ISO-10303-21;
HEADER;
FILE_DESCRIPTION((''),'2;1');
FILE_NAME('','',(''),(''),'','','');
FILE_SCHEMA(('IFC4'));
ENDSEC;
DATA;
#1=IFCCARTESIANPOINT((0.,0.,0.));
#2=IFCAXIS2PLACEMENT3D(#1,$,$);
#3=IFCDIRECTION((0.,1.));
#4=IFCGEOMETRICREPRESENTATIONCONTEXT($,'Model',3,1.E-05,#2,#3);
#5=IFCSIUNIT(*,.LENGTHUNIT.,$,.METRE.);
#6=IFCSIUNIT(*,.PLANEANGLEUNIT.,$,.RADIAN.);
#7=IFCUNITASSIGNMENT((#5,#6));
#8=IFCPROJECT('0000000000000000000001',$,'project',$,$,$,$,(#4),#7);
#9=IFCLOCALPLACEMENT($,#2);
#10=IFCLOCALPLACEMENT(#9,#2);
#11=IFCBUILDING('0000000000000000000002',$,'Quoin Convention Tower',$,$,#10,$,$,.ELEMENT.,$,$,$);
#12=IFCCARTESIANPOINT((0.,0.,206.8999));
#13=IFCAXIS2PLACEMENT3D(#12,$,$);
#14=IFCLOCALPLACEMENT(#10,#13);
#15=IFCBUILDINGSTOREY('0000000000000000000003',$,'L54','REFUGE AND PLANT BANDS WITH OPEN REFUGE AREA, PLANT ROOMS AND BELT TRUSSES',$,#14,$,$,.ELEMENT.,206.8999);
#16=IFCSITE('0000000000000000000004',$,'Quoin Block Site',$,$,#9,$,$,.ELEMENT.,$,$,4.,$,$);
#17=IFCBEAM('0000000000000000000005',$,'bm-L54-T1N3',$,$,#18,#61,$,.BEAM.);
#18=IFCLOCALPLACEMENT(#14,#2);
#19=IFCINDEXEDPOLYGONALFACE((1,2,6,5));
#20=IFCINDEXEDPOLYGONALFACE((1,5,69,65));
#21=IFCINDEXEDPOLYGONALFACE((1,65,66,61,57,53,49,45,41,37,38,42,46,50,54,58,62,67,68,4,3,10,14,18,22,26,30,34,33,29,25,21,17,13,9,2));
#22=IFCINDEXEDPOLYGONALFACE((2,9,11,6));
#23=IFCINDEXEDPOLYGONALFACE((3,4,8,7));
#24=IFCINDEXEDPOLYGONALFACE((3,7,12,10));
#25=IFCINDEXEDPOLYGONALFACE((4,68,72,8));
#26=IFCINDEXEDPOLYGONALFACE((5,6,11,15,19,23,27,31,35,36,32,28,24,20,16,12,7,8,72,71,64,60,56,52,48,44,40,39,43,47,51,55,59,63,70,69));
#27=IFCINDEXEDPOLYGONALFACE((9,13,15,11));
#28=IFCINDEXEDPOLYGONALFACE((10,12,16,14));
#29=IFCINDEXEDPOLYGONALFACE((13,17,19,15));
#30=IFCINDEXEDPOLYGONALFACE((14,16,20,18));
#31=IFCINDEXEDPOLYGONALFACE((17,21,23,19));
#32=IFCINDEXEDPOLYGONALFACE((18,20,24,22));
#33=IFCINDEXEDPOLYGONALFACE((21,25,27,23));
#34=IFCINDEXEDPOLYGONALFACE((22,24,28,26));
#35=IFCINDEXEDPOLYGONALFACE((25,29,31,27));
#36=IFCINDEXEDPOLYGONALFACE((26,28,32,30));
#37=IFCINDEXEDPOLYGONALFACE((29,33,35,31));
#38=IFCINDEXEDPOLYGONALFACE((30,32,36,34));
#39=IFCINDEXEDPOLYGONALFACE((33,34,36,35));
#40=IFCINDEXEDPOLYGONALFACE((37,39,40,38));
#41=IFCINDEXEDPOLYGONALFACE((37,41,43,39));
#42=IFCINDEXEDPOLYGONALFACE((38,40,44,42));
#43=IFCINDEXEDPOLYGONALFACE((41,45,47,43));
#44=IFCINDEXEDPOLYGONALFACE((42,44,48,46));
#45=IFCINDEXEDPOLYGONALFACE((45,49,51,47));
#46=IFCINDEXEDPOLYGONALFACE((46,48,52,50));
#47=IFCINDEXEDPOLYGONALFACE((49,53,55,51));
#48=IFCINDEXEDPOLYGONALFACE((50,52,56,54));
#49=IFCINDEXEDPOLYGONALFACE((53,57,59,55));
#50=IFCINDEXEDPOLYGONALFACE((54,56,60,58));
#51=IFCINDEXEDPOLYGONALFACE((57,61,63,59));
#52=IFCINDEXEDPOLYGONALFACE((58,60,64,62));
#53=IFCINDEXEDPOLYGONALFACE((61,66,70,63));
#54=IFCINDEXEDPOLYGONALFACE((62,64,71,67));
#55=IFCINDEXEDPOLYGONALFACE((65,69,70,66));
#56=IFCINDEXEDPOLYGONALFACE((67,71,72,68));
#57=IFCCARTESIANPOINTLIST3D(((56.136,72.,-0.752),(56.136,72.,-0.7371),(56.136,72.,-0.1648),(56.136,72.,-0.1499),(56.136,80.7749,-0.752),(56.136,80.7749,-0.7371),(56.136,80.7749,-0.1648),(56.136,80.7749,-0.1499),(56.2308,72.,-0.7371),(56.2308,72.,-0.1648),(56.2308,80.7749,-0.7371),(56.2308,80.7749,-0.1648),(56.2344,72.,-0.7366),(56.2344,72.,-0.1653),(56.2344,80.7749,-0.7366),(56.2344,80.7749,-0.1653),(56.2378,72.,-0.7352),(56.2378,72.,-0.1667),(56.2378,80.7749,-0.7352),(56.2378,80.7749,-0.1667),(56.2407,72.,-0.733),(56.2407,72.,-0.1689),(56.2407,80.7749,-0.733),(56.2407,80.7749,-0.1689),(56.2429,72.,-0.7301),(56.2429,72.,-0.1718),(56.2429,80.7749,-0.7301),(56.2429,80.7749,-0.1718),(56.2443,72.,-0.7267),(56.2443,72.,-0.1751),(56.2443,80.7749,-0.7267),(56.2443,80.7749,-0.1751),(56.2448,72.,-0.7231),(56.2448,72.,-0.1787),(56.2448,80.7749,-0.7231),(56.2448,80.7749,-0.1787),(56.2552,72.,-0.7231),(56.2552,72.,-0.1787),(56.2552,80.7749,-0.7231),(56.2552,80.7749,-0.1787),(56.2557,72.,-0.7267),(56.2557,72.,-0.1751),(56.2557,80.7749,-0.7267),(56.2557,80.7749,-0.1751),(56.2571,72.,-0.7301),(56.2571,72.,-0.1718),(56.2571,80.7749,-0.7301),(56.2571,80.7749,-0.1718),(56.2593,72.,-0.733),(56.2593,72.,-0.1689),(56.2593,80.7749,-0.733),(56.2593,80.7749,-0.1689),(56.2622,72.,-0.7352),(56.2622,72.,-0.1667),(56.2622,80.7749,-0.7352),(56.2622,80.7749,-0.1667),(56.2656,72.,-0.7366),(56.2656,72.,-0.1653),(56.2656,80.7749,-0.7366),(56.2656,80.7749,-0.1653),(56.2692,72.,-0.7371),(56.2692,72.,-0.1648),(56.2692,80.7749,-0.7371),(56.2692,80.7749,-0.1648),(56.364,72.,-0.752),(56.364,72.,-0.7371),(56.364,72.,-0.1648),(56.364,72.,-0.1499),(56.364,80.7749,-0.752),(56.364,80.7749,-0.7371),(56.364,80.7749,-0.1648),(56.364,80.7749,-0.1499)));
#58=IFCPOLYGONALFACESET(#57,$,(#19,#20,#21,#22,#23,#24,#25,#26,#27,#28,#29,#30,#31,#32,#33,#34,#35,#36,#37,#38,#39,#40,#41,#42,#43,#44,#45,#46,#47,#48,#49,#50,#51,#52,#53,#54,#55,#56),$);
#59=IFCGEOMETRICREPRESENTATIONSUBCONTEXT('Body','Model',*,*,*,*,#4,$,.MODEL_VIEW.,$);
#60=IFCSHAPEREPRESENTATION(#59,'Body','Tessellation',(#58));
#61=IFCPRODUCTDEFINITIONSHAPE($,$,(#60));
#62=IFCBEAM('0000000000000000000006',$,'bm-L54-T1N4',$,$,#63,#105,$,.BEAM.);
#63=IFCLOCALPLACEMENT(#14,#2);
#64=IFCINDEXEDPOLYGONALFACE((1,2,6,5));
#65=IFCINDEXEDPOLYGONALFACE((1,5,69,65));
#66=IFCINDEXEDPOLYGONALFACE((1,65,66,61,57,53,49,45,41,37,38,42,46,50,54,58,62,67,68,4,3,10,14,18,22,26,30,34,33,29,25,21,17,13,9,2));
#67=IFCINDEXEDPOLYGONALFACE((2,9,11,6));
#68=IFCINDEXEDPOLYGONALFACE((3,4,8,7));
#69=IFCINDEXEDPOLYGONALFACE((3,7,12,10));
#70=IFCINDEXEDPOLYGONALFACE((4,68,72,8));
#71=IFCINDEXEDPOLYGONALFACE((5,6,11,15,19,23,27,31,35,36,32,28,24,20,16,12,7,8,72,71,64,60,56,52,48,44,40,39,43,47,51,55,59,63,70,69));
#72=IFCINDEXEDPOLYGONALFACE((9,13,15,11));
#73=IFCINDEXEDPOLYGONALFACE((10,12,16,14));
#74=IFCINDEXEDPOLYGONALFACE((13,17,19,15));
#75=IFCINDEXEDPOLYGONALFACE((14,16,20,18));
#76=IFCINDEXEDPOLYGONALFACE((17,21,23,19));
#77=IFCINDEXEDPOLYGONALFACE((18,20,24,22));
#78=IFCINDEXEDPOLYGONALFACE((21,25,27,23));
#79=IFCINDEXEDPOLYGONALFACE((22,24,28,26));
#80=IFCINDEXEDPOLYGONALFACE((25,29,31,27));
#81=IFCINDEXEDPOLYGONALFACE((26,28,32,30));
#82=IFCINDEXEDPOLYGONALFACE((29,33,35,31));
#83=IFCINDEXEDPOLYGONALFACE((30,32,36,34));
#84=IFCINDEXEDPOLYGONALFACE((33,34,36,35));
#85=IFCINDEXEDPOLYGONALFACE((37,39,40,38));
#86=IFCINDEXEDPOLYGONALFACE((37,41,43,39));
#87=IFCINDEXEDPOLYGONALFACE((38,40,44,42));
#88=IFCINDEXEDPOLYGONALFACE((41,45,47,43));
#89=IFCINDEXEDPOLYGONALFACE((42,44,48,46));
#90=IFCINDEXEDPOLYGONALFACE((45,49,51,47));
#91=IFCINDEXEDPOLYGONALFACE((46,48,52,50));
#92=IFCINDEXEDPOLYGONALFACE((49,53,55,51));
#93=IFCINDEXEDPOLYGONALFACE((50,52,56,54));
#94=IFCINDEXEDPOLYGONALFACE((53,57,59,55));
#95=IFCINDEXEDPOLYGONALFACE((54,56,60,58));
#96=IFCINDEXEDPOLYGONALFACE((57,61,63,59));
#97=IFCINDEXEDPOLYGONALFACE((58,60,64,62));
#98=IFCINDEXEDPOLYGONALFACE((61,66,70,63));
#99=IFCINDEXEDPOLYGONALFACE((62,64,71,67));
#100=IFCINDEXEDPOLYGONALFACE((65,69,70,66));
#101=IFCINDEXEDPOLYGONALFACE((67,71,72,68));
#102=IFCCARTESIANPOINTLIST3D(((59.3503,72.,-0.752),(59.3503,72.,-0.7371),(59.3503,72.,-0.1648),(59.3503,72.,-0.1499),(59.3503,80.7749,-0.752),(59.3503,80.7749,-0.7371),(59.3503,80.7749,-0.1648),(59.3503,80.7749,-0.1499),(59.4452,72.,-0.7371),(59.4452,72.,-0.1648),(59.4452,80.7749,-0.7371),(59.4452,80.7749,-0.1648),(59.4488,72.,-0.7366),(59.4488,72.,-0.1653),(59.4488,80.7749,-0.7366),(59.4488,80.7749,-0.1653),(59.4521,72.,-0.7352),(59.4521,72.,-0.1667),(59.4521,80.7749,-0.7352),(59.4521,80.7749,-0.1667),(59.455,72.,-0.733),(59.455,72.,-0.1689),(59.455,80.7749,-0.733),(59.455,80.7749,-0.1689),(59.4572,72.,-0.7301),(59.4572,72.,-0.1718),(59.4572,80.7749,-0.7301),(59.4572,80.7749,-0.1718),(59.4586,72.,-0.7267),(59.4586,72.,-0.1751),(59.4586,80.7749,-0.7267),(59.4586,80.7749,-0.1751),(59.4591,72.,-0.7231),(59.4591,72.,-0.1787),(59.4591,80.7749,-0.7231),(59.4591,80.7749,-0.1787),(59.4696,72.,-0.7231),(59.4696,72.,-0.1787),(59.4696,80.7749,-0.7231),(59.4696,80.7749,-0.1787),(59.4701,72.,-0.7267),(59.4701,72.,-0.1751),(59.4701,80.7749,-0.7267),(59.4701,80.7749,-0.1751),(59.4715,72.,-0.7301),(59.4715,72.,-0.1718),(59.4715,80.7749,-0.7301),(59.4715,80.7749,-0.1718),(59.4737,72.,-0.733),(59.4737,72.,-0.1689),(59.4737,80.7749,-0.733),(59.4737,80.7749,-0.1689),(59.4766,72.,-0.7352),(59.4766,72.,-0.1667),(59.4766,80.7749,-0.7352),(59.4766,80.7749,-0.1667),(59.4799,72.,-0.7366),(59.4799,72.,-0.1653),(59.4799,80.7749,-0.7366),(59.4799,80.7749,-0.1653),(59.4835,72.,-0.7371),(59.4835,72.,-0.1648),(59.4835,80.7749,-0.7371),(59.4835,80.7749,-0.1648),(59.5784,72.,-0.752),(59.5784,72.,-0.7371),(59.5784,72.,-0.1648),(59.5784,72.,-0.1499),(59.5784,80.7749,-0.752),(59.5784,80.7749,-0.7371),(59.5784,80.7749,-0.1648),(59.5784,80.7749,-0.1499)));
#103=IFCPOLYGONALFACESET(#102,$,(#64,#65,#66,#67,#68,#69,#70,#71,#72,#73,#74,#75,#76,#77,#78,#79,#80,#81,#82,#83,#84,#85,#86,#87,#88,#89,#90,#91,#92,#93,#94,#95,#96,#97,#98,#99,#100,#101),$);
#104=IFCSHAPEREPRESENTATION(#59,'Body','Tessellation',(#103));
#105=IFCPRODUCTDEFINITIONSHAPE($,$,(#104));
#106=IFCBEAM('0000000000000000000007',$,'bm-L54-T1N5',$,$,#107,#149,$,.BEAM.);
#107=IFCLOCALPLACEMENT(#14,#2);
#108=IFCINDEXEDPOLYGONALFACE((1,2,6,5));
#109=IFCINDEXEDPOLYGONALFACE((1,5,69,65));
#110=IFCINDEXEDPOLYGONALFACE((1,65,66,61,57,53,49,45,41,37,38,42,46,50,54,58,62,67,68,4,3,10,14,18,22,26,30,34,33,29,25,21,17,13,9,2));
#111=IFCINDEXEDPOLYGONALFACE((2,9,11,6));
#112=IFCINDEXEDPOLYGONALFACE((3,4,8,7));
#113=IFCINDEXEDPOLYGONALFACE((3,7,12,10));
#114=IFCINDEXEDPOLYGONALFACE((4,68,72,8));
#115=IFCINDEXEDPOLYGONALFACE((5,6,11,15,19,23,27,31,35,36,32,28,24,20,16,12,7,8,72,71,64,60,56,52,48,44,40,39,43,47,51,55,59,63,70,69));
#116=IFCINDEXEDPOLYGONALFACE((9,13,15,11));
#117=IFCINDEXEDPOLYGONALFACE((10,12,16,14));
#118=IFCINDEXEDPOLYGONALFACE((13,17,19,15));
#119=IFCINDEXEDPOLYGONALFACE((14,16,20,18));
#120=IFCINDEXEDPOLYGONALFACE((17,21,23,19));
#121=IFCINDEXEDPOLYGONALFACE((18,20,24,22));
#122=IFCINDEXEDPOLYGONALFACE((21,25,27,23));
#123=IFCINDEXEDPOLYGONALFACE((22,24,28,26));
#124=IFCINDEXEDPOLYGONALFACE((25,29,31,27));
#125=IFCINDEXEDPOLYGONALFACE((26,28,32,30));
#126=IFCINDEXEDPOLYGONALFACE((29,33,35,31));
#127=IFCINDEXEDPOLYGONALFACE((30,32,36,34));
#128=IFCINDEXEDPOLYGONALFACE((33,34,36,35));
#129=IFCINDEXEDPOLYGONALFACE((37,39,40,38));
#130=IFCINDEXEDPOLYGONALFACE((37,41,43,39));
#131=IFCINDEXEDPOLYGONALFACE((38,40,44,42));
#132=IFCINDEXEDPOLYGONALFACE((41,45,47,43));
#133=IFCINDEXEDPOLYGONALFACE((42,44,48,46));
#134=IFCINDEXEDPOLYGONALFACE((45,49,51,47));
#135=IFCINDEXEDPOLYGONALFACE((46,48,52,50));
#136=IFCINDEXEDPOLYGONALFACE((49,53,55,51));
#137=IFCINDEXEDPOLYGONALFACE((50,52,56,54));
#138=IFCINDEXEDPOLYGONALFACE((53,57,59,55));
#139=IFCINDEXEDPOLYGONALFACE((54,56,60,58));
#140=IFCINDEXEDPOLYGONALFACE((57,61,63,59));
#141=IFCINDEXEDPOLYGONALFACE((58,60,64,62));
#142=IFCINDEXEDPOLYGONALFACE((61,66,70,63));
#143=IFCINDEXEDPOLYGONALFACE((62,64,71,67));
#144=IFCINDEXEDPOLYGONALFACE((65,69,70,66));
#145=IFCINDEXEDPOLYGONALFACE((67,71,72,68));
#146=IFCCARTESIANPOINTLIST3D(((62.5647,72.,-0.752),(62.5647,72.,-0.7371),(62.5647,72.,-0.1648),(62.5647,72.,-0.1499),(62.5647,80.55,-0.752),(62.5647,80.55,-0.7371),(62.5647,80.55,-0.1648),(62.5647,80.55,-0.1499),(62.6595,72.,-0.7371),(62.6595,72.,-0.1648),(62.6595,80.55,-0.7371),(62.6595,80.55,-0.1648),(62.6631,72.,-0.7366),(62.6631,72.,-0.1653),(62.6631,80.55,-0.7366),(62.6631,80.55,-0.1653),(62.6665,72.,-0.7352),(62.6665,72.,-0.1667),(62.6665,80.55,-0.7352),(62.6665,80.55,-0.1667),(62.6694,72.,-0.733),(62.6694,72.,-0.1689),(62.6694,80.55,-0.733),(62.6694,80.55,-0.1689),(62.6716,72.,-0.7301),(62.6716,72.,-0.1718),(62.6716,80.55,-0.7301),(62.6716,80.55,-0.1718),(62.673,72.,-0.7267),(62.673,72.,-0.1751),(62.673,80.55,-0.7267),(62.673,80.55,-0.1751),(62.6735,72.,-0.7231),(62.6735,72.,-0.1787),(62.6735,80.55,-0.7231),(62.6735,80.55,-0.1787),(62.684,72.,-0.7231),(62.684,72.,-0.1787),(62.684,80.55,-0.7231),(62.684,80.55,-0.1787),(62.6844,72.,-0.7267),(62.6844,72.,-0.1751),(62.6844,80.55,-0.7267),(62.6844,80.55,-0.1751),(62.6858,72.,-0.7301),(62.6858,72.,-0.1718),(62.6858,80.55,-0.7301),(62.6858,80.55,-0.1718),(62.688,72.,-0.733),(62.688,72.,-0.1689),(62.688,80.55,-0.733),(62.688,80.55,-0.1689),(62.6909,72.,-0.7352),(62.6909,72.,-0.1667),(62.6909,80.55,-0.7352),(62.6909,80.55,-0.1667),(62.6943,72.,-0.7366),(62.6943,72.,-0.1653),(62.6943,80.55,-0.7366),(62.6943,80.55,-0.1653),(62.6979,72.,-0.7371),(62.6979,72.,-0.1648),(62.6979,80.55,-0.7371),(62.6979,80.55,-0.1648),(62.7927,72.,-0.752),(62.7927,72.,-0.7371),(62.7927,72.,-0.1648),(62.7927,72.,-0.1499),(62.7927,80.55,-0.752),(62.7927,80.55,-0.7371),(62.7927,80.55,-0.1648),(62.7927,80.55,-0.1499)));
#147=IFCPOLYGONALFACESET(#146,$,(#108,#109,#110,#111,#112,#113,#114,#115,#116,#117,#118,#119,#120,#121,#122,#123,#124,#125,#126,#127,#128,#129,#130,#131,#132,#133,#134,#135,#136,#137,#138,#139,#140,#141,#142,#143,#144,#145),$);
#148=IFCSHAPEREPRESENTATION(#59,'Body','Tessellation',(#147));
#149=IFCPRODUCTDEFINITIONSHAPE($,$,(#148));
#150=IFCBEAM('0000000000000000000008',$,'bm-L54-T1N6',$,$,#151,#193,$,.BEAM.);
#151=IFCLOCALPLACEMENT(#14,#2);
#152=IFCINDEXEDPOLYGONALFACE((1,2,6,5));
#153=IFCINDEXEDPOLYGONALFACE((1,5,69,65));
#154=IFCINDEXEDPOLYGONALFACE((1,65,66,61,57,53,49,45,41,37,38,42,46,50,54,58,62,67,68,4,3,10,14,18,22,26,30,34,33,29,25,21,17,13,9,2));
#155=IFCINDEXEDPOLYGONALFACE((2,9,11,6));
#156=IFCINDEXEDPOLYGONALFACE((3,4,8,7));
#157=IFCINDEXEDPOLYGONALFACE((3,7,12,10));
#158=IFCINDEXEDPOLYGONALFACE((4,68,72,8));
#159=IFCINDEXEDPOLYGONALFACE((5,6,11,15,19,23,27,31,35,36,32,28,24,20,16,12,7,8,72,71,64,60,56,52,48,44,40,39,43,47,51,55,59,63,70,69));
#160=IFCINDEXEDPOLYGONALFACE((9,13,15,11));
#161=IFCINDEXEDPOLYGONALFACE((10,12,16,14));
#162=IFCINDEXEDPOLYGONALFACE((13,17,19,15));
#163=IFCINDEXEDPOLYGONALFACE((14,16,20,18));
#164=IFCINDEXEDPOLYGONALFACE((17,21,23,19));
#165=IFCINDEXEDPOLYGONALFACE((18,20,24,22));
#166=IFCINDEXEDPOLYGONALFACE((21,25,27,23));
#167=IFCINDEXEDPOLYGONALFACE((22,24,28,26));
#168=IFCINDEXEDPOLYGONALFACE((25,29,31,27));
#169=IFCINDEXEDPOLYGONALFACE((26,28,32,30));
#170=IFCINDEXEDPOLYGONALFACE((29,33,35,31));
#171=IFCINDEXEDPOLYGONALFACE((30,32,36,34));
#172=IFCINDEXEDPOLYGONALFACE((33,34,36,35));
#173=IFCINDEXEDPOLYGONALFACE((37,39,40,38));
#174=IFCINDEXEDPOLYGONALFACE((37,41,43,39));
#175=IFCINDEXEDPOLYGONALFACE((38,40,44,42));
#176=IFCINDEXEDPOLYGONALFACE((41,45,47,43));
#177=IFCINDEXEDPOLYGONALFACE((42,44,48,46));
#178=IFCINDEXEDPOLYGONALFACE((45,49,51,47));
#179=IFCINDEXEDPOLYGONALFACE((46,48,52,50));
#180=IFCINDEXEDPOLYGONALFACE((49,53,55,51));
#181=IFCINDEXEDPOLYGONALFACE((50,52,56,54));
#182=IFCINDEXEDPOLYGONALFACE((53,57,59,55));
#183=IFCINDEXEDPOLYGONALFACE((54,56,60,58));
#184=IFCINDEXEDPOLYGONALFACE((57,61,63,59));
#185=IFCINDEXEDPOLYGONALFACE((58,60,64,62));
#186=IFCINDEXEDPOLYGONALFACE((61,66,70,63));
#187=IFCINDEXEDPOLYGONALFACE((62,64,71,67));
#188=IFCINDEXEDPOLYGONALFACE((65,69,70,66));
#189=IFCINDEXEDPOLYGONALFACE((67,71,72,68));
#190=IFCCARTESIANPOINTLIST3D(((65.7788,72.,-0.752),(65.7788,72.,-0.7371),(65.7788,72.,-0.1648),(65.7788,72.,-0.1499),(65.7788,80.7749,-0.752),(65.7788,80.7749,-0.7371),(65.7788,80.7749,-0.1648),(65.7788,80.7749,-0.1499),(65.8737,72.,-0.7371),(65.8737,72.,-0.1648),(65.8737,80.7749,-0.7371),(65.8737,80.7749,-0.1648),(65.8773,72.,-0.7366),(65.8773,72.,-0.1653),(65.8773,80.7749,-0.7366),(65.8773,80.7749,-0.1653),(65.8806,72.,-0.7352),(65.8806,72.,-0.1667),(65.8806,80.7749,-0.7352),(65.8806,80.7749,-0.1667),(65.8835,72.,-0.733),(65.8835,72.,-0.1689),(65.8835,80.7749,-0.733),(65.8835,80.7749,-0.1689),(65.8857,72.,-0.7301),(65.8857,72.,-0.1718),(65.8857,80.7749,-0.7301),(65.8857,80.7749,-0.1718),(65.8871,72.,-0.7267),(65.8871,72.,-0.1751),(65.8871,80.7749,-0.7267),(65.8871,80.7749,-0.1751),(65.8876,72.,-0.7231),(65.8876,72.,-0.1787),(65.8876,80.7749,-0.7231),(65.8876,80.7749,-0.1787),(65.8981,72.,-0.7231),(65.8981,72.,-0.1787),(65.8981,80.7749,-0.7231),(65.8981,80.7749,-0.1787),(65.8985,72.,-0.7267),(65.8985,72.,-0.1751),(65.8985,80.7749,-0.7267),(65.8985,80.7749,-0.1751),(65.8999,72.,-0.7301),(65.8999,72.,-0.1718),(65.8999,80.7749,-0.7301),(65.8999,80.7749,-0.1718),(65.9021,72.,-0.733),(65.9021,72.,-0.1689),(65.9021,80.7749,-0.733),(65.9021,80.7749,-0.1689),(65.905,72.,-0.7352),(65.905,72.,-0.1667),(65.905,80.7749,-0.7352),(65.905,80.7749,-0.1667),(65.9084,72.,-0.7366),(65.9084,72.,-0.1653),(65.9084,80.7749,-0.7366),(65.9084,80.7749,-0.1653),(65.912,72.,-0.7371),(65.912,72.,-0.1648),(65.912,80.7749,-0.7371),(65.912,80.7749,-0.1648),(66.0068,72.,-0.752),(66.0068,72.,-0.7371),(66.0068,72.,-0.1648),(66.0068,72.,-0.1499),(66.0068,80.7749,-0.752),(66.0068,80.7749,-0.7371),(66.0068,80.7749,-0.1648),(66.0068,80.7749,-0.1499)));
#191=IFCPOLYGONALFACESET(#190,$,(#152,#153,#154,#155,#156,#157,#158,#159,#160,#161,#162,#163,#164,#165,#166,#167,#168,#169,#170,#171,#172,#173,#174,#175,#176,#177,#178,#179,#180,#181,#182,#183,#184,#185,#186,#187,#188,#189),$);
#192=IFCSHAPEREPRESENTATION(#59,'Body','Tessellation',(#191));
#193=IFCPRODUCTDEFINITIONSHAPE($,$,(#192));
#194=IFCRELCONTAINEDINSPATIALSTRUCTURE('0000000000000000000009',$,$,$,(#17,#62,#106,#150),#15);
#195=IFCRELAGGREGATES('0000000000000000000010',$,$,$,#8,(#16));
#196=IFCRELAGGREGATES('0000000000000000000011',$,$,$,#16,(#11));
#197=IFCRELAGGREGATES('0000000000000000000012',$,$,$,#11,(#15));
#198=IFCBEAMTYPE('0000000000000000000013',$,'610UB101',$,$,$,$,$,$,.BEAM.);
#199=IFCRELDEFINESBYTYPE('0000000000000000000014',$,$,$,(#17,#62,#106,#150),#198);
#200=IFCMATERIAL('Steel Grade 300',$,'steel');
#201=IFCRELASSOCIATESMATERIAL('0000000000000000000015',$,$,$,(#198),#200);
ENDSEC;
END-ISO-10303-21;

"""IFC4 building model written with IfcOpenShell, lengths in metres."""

from ifc_helpers import new_model, si_unit, direction, frame, origin, origin_2d, place, context, subcontext, project, spatial, i_section, extrude, material, material_profile, profile_set, type_object, element, save


model = new_model("IFC4")

# Units and contexts
model_context = context("Model", 3, precision=1e-05, world=origin(), true_north=direction((0.0, 1.0)))
body_context = subcontext(model_context, "Body", "Model", "MODEL_VIEW")
ifc_project = project(units=[si_unit("LENGTHUNIT", "METRE"), si_unit("PLANEANGLEUNIT", "RADIAN")], contexts=[model_context])

# Site, building, storey
site_placement = place(None, origin())
site = spatial("IfcSite", under=ifc_project, at=site_placement, Name="Quoin Block Site", CompositionType="ELEMENT", RefElevation=4.0)
building_placement = place(site_placement, origin())
building = spatial("IfcBuilding", under=site, at=building_placement, Name="Quoin Convention Tower", CompositionType="ELEMENT")
storey_placement = place(building_placement, frame((0.0, 0.0, 206.8999)))
storey = spatial("IfcBuildingStorey", under=building, at=storey_placement, Name="L54", Description="REFUGE AND PLANT BANDS WITH OPEN REFUGE AREA, PLANT ROOMS AND BELT TRUSSES", CompositionType="ELEMENT", Elevation=206.8999)

# Shared definitions
ifc_material_1 = material(Name="Steel Grade 300", Category="steel")

# Beams
ifc_material_profile_1 = material_profile(ifc_material_1, i_section(OverallWidth=0.228, OverallDepth=0.6021, WebThickness=0.0105, FlangeThickness=0.0149, FilletRadius=0.0139, at=origin_2d()), Name="610UB101")
ifc_profile_set_1 = profile_set([ifc_material_profile_1], Name="Steel Grade 300")
beam_type_1 = type_object("IfcBeamType", Name="610UB101", PredefinedType="BEAM", material=ifc_profile_set_1)
for number, where, z_axis, x_axis, name in (
    (1, (56.25, 72.0, -0.4509), (0.0, 1.0, 0.0), (-1.0, 0.0, 0.0), "bm-L54-T1N3"),
    (2, (59.4644, 72.0, -0.4509), (0.0, 1.0, 0.0), (-1.0, 0.0, 0.0), "bm-L54-T1N4"),
):
    element("IfcBeam", number, at=place(storey_placement, frame(where, z_axis=z_axis, x_axis=x_axis)), inside=storey, type_object=beam_type_1, Name=name, PredefinedType="BEAM", context=body_context, shape_type="SweptSolid", body=[
        extrude(i_section(OverallWidth=0.228, OverallDepth=0.6021, WebThickness=0.0105, FlangeThickness=0.0149, FilletRadius=0.0139, at=origin_2d()), origin(), (0.0, 0.0, 1.0), 8.7749),
    ])
beam_1_placement = place(storey_placement, frame((62.6787, 72.0, -0.4509), z_axis=(0.0, 1.0, 0.0), x_axis=(-1.0, 0.0, 0.0)))
element("IfcBeam", 3, at=beam_1_placement, inside=storey, type_object=beam_type_1, Name="bm-L54-T1N5", PredefinedType="BEAM", context=body_context, shape_type="SweptSolid", body=[
    extrude(i_section(OverallWidth=0.228, OverallDepth=0.6021, WebThickness=0.0105, FlangeThickness=0.0149, FilletRadius=0.0139, at=origin_2d()), origin(), (0.0, 0.0, 1.0), 8.55),
])
beam_2_placement = place(storey_placement, frame((65.8928, 72.0, -0.4509), z_axis=(0.0, 1.0, 0.0), x_axis=(-1.0, 0.0, 0.0)))
element("IfcBeam", 4, at=beam_2_placement, inside=storey, type_object=beam_type_1, Name="bm-L54-T1N6", PredefinedType="BEAM", context=body_context, shape_type="SweptSolid", body=[
    extrude(i_section(OverallWidth=0.228, OverallDepth=0.6021, WebThickness=0.0105, FlangeThickness=0.0149, FilletRadius=0.0139, at=origin_2d()), origin(), (0.0, 0.0, 1.0), 8.7749),
])

save(model, "model.ifc")
